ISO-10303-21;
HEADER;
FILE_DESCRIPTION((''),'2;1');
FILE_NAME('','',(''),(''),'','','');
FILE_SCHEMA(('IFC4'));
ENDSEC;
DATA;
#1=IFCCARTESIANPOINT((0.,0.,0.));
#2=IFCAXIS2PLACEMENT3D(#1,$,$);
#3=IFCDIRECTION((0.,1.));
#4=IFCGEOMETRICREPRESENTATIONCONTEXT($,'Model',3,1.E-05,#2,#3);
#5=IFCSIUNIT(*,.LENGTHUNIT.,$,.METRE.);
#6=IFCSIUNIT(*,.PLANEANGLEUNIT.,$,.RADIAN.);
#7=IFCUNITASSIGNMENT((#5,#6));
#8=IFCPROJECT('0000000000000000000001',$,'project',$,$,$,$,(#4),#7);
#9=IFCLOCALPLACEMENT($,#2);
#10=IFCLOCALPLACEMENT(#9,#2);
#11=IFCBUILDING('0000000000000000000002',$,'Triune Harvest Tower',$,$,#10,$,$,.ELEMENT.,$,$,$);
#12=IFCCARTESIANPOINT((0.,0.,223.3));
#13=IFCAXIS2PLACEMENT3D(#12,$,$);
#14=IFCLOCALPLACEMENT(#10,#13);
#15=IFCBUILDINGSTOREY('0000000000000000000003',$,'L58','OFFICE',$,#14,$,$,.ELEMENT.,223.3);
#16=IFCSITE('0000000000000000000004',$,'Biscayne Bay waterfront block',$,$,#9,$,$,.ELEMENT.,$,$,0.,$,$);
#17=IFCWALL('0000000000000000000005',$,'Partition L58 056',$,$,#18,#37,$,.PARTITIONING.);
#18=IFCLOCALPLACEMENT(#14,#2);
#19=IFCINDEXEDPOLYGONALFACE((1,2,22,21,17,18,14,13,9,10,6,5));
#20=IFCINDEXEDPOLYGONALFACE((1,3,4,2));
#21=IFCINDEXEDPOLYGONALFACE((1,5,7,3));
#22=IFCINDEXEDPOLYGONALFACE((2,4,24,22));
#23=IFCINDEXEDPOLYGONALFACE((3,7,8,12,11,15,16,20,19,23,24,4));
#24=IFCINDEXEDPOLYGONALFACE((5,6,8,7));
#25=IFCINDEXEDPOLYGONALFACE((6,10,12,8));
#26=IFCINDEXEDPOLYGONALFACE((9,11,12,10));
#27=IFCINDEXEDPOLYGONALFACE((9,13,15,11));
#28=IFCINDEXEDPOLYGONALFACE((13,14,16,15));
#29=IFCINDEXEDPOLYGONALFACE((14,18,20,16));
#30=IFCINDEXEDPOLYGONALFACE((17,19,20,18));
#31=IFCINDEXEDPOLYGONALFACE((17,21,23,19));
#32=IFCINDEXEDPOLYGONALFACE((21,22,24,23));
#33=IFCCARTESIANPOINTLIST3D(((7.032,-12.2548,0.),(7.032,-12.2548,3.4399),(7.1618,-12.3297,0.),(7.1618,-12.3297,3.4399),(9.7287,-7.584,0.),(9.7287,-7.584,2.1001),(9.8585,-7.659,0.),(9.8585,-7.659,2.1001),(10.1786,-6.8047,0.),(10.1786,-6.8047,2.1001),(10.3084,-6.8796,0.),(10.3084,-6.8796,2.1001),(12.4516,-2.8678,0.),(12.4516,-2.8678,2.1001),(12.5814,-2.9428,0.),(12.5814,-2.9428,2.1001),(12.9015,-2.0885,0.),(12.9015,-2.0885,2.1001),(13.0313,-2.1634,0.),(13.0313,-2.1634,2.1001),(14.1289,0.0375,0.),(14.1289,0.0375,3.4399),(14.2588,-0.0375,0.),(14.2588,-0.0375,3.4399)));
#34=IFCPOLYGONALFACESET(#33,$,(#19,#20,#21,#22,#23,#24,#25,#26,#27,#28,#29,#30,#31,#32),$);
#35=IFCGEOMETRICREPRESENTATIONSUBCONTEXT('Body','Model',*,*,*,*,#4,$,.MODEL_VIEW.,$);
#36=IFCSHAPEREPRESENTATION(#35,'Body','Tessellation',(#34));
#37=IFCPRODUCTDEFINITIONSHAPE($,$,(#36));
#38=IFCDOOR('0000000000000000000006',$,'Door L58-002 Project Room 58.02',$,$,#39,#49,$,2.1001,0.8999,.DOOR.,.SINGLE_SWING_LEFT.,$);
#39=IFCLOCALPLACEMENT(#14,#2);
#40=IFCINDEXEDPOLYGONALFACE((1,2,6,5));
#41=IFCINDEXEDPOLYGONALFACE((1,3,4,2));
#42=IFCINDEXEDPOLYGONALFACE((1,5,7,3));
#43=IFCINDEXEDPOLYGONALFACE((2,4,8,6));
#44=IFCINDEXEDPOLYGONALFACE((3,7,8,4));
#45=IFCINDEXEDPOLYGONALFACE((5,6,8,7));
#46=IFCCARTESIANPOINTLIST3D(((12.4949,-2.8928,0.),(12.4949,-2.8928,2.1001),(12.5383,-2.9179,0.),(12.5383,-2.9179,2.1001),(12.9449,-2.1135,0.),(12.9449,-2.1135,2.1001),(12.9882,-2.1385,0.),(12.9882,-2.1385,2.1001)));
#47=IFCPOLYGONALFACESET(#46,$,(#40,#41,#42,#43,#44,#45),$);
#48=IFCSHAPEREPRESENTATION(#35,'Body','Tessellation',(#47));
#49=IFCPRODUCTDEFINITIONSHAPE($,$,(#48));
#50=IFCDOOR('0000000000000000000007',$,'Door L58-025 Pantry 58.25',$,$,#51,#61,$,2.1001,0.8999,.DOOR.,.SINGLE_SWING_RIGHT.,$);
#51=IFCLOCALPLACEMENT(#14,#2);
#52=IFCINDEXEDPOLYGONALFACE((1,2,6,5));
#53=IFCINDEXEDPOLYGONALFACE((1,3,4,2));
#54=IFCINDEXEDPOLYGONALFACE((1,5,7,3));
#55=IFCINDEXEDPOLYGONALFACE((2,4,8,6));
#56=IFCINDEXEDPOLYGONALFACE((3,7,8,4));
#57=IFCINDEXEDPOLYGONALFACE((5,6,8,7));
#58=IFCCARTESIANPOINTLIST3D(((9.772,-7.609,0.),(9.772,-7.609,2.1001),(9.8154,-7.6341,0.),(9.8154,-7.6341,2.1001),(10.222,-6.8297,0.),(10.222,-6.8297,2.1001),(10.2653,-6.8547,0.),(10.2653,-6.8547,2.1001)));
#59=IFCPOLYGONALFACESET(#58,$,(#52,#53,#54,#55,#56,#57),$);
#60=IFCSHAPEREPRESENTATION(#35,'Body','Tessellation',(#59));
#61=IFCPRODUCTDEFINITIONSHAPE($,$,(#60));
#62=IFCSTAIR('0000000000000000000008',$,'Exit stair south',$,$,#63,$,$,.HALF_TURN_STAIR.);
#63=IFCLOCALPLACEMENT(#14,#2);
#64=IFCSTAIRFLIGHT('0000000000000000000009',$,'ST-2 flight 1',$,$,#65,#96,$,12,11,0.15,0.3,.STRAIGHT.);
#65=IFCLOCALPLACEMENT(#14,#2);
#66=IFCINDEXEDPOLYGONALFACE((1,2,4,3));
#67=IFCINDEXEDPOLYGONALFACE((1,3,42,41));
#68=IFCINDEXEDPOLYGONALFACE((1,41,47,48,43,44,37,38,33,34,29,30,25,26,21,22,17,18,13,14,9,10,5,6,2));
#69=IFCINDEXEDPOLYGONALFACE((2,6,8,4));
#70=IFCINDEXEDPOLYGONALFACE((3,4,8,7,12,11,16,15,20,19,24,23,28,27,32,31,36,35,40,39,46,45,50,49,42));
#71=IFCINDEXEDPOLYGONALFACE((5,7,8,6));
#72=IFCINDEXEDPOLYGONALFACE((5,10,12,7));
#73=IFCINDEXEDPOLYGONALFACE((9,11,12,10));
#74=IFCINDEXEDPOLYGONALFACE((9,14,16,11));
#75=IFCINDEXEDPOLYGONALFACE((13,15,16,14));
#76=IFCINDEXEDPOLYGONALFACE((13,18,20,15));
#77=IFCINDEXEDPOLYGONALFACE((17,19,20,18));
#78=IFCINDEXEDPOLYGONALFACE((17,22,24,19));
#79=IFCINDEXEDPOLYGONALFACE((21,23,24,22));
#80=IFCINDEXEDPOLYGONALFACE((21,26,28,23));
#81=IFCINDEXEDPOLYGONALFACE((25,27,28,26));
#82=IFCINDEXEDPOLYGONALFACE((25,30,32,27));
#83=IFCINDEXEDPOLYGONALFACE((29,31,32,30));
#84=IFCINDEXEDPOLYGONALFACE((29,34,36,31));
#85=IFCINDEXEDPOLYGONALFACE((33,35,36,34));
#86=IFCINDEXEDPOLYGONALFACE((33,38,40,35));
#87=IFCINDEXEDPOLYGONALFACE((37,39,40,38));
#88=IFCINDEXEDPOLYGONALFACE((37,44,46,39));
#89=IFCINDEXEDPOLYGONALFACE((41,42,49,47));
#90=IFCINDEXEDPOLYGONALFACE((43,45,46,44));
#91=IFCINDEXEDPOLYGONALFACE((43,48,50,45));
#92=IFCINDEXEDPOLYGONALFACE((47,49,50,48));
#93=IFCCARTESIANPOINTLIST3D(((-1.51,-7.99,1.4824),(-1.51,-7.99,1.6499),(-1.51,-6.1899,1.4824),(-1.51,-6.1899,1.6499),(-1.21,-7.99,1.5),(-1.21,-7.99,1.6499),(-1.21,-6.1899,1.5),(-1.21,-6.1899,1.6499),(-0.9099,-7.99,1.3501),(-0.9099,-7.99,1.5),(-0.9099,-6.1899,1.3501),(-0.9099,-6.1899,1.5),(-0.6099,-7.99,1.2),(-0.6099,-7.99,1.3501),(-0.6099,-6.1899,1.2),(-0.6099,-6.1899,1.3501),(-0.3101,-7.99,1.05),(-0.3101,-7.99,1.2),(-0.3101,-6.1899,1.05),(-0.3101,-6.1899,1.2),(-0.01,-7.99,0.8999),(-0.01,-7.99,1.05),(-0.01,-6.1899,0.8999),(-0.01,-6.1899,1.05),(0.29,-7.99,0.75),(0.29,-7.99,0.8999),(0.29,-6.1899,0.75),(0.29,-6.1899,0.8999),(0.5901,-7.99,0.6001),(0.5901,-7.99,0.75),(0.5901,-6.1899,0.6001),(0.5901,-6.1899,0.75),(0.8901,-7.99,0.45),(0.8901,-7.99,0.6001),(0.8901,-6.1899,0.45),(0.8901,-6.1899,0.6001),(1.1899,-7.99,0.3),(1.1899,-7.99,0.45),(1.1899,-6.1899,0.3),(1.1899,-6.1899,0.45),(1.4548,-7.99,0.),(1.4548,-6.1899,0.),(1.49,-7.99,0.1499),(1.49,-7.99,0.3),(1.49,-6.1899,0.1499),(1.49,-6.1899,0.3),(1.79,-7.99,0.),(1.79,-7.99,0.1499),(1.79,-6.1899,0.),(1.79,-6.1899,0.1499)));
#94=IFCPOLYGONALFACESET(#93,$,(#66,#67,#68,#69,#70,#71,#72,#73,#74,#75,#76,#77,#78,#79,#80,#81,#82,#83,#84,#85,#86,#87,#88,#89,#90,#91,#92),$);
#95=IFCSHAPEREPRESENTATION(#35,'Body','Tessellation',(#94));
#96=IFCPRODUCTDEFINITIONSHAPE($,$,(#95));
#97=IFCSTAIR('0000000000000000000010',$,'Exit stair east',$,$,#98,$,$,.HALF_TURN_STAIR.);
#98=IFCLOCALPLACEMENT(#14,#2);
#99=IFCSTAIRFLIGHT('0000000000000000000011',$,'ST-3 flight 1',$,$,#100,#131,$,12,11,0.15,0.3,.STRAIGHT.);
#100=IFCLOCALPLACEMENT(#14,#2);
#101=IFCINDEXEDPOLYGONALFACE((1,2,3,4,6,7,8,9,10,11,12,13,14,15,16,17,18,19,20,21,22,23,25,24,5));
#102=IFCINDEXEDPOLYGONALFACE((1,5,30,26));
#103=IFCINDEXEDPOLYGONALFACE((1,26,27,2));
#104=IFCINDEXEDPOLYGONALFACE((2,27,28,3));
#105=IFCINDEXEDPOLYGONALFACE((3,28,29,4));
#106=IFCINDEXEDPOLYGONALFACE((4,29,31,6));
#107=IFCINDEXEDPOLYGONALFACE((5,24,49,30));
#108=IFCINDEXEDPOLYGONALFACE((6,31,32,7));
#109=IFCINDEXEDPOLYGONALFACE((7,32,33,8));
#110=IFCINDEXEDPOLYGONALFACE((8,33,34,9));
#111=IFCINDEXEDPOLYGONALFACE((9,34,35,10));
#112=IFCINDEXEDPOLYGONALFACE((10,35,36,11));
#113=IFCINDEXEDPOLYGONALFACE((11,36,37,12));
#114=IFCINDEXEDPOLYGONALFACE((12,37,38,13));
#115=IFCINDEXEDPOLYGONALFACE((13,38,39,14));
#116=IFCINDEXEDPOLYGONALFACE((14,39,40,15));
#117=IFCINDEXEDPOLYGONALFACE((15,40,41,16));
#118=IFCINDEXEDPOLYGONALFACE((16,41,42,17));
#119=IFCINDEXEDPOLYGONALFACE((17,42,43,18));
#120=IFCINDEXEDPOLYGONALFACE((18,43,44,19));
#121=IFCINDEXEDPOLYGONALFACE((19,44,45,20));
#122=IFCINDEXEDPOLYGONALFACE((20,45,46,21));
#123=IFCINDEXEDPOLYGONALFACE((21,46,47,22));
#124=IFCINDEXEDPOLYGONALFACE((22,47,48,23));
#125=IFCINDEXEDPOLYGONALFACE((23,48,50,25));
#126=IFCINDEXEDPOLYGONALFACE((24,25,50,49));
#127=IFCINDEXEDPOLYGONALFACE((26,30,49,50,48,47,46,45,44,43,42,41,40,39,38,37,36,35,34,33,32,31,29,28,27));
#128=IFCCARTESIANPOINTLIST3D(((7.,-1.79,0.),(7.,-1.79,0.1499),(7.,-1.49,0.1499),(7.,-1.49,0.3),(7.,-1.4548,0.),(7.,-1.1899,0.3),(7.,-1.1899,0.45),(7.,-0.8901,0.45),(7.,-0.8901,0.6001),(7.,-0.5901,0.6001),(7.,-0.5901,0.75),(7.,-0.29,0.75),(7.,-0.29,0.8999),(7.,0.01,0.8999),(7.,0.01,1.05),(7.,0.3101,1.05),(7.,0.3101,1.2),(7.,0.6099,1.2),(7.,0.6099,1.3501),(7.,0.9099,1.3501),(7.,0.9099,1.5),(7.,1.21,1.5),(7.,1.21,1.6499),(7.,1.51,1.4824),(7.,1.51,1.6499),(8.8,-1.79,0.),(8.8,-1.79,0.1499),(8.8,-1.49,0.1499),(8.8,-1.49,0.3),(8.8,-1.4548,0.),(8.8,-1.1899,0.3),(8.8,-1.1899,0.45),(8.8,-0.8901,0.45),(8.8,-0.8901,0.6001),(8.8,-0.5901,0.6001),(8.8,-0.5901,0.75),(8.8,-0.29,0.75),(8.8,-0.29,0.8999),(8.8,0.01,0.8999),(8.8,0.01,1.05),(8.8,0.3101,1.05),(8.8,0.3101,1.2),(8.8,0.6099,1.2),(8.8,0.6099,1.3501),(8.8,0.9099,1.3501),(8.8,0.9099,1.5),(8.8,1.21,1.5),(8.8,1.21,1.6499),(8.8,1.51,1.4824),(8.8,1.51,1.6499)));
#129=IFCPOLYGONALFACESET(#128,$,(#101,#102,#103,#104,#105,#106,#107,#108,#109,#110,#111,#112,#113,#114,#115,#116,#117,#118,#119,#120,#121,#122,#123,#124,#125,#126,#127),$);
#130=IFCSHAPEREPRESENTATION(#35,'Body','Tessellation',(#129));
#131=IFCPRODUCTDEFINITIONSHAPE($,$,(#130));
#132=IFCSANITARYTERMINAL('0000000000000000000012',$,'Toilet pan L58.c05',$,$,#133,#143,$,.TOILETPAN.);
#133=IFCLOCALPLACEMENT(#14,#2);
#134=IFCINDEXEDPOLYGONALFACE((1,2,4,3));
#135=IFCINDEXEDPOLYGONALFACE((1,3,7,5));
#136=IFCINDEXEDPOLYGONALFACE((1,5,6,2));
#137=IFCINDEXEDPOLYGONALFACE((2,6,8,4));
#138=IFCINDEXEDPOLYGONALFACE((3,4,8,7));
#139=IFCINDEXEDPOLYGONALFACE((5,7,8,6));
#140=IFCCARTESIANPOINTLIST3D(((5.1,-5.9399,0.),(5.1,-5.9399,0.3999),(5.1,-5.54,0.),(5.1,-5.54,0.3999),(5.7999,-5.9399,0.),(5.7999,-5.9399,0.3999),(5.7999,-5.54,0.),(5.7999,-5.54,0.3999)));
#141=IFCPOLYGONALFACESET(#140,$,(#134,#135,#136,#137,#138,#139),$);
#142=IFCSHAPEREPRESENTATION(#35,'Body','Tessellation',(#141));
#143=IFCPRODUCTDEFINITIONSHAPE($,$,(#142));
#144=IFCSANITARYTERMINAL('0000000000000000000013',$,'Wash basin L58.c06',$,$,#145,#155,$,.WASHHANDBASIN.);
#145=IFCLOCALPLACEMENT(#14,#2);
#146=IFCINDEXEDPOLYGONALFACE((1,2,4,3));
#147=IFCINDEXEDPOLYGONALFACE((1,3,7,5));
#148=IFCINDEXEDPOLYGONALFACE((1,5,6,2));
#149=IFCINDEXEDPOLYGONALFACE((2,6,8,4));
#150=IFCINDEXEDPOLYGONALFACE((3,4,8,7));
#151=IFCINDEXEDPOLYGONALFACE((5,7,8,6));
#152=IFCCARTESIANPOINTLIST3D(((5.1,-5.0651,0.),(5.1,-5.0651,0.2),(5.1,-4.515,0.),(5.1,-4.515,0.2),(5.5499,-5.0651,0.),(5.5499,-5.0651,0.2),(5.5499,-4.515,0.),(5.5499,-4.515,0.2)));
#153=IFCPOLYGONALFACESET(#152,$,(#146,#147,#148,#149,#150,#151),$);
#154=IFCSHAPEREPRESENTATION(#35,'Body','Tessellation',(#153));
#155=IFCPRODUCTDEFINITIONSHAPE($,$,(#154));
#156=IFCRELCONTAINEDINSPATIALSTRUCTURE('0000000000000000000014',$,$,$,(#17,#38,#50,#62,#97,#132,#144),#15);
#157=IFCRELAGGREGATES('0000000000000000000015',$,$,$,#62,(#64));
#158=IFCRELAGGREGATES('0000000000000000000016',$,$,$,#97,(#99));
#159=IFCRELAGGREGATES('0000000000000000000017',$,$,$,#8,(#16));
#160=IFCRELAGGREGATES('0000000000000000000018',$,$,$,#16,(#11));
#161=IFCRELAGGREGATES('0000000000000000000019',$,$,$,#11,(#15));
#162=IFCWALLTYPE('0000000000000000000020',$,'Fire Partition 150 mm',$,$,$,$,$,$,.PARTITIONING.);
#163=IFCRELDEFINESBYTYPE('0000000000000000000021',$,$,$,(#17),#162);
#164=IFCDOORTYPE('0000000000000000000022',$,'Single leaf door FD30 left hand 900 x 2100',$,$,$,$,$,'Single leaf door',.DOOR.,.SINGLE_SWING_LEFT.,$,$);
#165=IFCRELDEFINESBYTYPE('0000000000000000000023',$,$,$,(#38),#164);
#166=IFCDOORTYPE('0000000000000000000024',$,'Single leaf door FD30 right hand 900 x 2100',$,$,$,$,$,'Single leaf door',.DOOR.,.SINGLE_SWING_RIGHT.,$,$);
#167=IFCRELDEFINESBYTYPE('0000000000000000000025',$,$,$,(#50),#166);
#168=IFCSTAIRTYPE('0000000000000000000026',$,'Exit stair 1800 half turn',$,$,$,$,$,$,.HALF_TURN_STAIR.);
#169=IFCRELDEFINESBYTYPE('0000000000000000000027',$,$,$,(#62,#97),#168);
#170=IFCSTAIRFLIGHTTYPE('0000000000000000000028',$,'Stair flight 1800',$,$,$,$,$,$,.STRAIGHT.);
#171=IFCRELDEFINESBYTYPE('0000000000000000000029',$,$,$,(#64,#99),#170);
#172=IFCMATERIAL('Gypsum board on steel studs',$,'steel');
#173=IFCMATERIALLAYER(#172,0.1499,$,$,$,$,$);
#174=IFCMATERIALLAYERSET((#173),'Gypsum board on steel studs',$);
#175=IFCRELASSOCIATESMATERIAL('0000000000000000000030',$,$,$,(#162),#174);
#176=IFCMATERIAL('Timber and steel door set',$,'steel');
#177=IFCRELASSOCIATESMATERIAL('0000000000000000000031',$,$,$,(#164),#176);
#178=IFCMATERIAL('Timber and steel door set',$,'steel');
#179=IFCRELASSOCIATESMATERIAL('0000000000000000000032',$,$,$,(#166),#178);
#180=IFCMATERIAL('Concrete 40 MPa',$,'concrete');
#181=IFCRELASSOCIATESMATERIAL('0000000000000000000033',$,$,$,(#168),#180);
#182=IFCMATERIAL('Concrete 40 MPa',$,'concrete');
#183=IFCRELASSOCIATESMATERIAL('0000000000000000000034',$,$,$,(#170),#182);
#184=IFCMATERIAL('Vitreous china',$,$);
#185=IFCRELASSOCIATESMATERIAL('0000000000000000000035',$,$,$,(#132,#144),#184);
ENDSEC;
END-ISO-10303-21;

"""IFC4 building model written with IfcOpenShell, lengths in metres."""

from ifc_helpers import new_model, si_unit, direction, frame, frame_2d, origin, origin_2d, place, context, subcontext, project, spatial, polyline, rectangle, outline, extrude, source, transform, mapped, material, layer, layer_set, type_object, element, fill, aggregate, save


model = new_model("IFC4")

# Units and contexts
model_context = context("Model", 3, precision=1e-05, world=origin(), true_north=direction((0.0, 1.0)))
body_context = subcontext(model_context, "Body", "Model", "MODEL_VIEW")
ifc_project = project(units=[si_unit("LENGTHUNIT", "METRE"), si_unit("PLANEANGLEUNIT", "RADIAN")], contexts=[model_context])

# Site, building, storey
site_placement = place(None, origin())
site = spatial("IfcSite", under=ifc_project, at=site_placement, Name="Biscayne Bay waterfront block", CompositionType="ELEMENT", RefElevation=0.0)
building_placement = place(site_placement, origin())
building = spatial("IfcBuilding", under=site, at=building_placement, Name="Triune Harvest Tower", CompositionType="ELEMENT")
storey_placement = place(building_placement, frame((0.0, 0.0, 223.3)))
storey = spatial("IfcBuildingStorey", under=building, at=storey_placement, Name="L58", Description="OFFICE", CompositionType="ELEMENT", Elevation=223.3)

# Wall, openings, doors
ifc_material_1 = material(Name="Gypsum board on steel studs", Category="steel")
ifc_layer_1 = layer(ifc_material_1, 0.1499)
ifc_layer_set_1 = layer_set([ifc_layer_1], Name="Gypsum board on steel studs")
wall_type_1 = type_object("IfcWallType", Name="Fire Partition 150 mm", PredefinedType="PARTITIONING", material=ifc_layer_set_1)
shared_shape_1 = source(origin(), body_context, "Body", "SweptSolid", [
    extrude(rectangle(XDim=14.1938, YDim=0.1499, at=frame_2d((7.0969, 0.0))), origin(), (0.0, 0.0, 1.0), 3.4399),
])
wall_1_placement = place(storey_placement, frame((7.0969, -12.2922, 0.0), z_axis=(0.0, 0.0, 1.0), x_axis=(0.5, 0.866025, 0.0)))
wall_1 = element("IfcWall", 1, at=wall_1_placement, inside=storey, type_object=wall_type_1, Name="Partition L58 056", PredefinedType="PARTITIONING", context=body_context, shape_type="MappedRepresentation", body=[
    mapped(shared_shape_1, transform((0.0, 0.0, 0.0), scale=1.0)),
])
opening_1_placement = place(wall_1_placement, frame((10.8391, 0.0, 0.0)))
opening_1 = element("IfcOpeningElement", 2, at=opening_1_placement, cuts=wall_1, PredefinedType="OPENING", context=body_context, shape_type="SweptSolid", body=[
    extrude(rectangle(XDim=0.8999, YDim=2.1001, at=frame_2d((0.45, 1.05))), frame((0.0, 0.085, 0.0), z_axis=(0.0, -1.0, 0.0), x_axis=(1.0, 0.0, 0.0)), (0.0, 0.0, 1.0), 0.1699),
])
opening_2_placement = place(wall_1_placement, frame((5.3933, 0.0, 0.0)))
opening_2 = element("IfcOpeningElement", 3, at=opening_2_placement, cuts=wall_1, PredefinedType="OPENING", context=body_context, shape_type="SweptSolid", body=[
    extrude(rectangle(XDim=0.8999, YDim=2.1001, at=frame_2d((0.45, 1.05))), frame((0.0, 0.085, 0.0), z_axis=(0.0, -1.0, 0.0), x_axis=(1.0, 0.0, 0.0)), (0.0, 0.0, 1.0), 0.1699),
])
ifc_material_2 = material(Name="Timber and steel door set", Category="steel")
door_type_1 = type_object("IfcDoorType", Name="Single leaf door FD30 left hand 900 x 2100", ElementType="Single leaf door", OperationType="SINGLE_SWING_LEFT", PredefinedType="DOOR", material=ifc_material_2)
door_1_placement = place(opening_1_placement, origin())
door_1 = element("IfcDoor", 4, at=door_1_placement, inside=storey, type_object=door_type_1, Name="Door L58-002 Project Room 58.02", OperationType="SINGLE_SWING_LEFT", OverallHeight=2.1001, OverallWidth=0.8999, PredefinedType="DOOR", context=body_context, shape_type="SweptSolid", body=[
    extrude(rectangle(XDim=0.8999, YDim=2.1001, at=frame_2d((0.45, 1.05))), frame((0.0, 0.0249, 0.0), z_axis=(0.0, -1.0, 0.0), x_axis=(1.0, 0.0, 0.0)), (0.0, 0.0, 1.0), 0.05),
])
fill(opening_1, door_1)
ifc_material_3 = material(Name="Timber and steel door set", Category="steel")
door_type_2 = type_object("IfcDoorType", Name="Single leaf door FD30 right hand 900 x 2100", ElementType="Single leaf door", OperationType="SINGLE_SWING_RIGHT", PredefinedType="DOOR", material=ifc_material_3)
door_2_placement = place(opening_2_placement, origin())
door_2 = element("IfcDoor", 5, at=door_2_placement, inside=storey, type_object=door_type_2, Name="Door L58-025 Pantry 58.25", OperationType="SINGLE_SWING_RIGHT", OverallHeight=2.1001, OverallWidth=0.8999, PredefinedType="DOOR", context=body_context, shape_type="SweptSolid", body=[
    extrude(rectangle(XDim=0.8999, YDim=2.1001, at=frame_2d((0.45, 1.05))), frame((0.0, 0.0249, 0.0), z_axis=(0.0, -1.0, 0.0), x_axis=(1.0, 0.0, 0.0)), (0.0, 0.0, 1.0), 0.05),
])
fill(opening_2, door_2)

# Stairs, stair flights
ifc_material_4 = material(Name="Concrete 40 MPa", Category="concrete")
stair_type = type_object("IfcStairType", Name="Exit stair 1800 half turn", PredefinedType="HALF_TURN_STAIR", material=ifc_material_4)
stair_1_placement = place(storey_placement, origin())
stair_1 = element("IfcStair", 6, at=stair_1_placement, inside=storey, type_object=stair_type, Name="Exit stair south", PredefinedType="HALF_TURN_STAIR")
ifc_material_5 = material(Name="Concrete 40 MPa", Category="concrete")
stair_flight_type = type_object("IfcStairFlightType", Name="Stair flight 1800", PredefinedType="STRAIGHT", material=ifc_material_5)
shared_shape_2 = source(origin(), body_context, "Body", "SweptSolid", [
    extrude(outline(polyline([(0.0, 0.0), (0.0, 0.1499), (0.3, 0.1499), (0.3, 0.3), (0.6001, 0.3), (0.6001, 0.45), (0.8999, 0.45), (0.8999, 0.6001), (1.2, 0.6001), (1.2, 0.75), (1.5, 0.75), (1.5, 0.8999), (1.8, 0.8999), (1.8, 1.05), (2.1001, 1.05), (2.1001, 1.2), (2.3999, 1.2), (2.3999, 1.3501), (2.7, 1.3501), (2.7, 1.5), (3.0, 1.5), (3.0, 1.6499), (3.3, 1.6499), (3.3, 1.8), (3.3, 1.4824), (0.3352, 0.0), (0.0, 0.0)])), frame((0.0, 0.8999, 0.0), z_axis=(0.0, -1.0, 0.0), x_axis=(1.0, 0.0, 0.0)), (0.0, 0.0, 1.0), 1.8),
])
stair_flight_1_placement = place(storey_placement, frame((1.79, -7.0901, 0.0), z_axis=(0.0, 0.0, 1.0), x_axis=(-1.0, 0.0, 0.0)))
stair_flight_1 = element("IfcStairFlight", 7, at=stair_flight_1_placement, type_object=stair_flight_type, Name="ST-2 flight 1", NumberOfRisers=12, NumberOfTreads=11, PredefinedType="STRAIGHT", RiserHeight=0.15, TreadLength=0.3, context=body_context, shape_type="MappedRepresentation", body=[
    mapped(shared_shape_2, transform((0.0, 0.0, 0.0), scale=1.0)),
])
aggregate(stair_1, [stair_flight_1])
stair_2_placement = place(storey_placement, origin())
stair_2 = element("IfcStair", 8, at=stair_2_placement, inside=storey, type_object=stair_type, Name="Exit stair east", PredefinedType="HALF_TURN_STAIR")
stair_flight_2_placement = place(storey_placement, frame((7.8999, -1.79, 0.0), z_axis=(0.0, 0.0, 1.0), x_axis=(0.0, 1.0, 0.0)))
stair_flight_2 = element("IfcStairFlight", 9, at=stair_flight_2_placement, type_object=stair_flight_type, Name="ST-3 flight 1", NumberOfRisers=12, NumberOfTreads=11, PredefinedType="STRAIGHT", RiserHeight=0.15, TreadLength=0.3, context=body_context, shape_type="MappedRepresentation", body=[
    mapped(shared_shape_2, transform((0.0, 0.0, 0.0), scale=1.0)),
])
aggregate(stair_2, [stair_flight_2])

# Sanitary terminals
ifc_material_6 = material(Name="Vitreous china")
shared_shape_3 = source(origin(), body_context, "Body", "SweptSolid", [
    extrude(rectangle(XDim=0.3999, YDim=0.7, at=origin_2d()), origin(), (0.0, 0.0, 1.0), 0.3999),
])
sanitary_terminal_1_placement = place(storey_placement, frame((5.45, -5.74, 0.0), z_axis=(0.0, 0.0, 1.0), x_axis=(0.0, 1.0, 0.0)))
element("IfcSanitaryTerminal", 10, at=sanitary_terminal_1_placement, inside=storey, material=ifc_material_6, Name="Toilet pan L58.c05", PredefinedType="TOILETPAN", context=body_context, shape_type="MappedRepresentation", body=[
    mapped(shared_shape_3, transform((0.0, 0.0, 0.0), scale=1.0)),
])
shared_shape_4 = source(origin(), body_context, "Body", "SweptSolid", [
    extrude(rectangle(XDim=0.55, YDim=0.45, at=origin_2d()), origin(), (0.0, 0.0, 1.0), 0.2),
])
sanitary_terminal_2_placement = place(storey_placement, frame((5.325, -4.79, 0.0), z_axis=(0.0, 0.0, 1.0), x_axis=(0.0, 1.0, 0.0)))
element("IfcSanitaryTerminal", 11, at=sanitary_terminal_2_placement, inside=storey, material=ifc_material_6, Name="Wash basin L58.c06", PredefinedType="WASHHANDBASIN", context=body_context, shape_type="MappedRepresentation", body=[
    mapped(shared_shape_4, transform((0.0, 0.0, 0.0), scale=1.0)),
])

save(model, "model.ifc")
